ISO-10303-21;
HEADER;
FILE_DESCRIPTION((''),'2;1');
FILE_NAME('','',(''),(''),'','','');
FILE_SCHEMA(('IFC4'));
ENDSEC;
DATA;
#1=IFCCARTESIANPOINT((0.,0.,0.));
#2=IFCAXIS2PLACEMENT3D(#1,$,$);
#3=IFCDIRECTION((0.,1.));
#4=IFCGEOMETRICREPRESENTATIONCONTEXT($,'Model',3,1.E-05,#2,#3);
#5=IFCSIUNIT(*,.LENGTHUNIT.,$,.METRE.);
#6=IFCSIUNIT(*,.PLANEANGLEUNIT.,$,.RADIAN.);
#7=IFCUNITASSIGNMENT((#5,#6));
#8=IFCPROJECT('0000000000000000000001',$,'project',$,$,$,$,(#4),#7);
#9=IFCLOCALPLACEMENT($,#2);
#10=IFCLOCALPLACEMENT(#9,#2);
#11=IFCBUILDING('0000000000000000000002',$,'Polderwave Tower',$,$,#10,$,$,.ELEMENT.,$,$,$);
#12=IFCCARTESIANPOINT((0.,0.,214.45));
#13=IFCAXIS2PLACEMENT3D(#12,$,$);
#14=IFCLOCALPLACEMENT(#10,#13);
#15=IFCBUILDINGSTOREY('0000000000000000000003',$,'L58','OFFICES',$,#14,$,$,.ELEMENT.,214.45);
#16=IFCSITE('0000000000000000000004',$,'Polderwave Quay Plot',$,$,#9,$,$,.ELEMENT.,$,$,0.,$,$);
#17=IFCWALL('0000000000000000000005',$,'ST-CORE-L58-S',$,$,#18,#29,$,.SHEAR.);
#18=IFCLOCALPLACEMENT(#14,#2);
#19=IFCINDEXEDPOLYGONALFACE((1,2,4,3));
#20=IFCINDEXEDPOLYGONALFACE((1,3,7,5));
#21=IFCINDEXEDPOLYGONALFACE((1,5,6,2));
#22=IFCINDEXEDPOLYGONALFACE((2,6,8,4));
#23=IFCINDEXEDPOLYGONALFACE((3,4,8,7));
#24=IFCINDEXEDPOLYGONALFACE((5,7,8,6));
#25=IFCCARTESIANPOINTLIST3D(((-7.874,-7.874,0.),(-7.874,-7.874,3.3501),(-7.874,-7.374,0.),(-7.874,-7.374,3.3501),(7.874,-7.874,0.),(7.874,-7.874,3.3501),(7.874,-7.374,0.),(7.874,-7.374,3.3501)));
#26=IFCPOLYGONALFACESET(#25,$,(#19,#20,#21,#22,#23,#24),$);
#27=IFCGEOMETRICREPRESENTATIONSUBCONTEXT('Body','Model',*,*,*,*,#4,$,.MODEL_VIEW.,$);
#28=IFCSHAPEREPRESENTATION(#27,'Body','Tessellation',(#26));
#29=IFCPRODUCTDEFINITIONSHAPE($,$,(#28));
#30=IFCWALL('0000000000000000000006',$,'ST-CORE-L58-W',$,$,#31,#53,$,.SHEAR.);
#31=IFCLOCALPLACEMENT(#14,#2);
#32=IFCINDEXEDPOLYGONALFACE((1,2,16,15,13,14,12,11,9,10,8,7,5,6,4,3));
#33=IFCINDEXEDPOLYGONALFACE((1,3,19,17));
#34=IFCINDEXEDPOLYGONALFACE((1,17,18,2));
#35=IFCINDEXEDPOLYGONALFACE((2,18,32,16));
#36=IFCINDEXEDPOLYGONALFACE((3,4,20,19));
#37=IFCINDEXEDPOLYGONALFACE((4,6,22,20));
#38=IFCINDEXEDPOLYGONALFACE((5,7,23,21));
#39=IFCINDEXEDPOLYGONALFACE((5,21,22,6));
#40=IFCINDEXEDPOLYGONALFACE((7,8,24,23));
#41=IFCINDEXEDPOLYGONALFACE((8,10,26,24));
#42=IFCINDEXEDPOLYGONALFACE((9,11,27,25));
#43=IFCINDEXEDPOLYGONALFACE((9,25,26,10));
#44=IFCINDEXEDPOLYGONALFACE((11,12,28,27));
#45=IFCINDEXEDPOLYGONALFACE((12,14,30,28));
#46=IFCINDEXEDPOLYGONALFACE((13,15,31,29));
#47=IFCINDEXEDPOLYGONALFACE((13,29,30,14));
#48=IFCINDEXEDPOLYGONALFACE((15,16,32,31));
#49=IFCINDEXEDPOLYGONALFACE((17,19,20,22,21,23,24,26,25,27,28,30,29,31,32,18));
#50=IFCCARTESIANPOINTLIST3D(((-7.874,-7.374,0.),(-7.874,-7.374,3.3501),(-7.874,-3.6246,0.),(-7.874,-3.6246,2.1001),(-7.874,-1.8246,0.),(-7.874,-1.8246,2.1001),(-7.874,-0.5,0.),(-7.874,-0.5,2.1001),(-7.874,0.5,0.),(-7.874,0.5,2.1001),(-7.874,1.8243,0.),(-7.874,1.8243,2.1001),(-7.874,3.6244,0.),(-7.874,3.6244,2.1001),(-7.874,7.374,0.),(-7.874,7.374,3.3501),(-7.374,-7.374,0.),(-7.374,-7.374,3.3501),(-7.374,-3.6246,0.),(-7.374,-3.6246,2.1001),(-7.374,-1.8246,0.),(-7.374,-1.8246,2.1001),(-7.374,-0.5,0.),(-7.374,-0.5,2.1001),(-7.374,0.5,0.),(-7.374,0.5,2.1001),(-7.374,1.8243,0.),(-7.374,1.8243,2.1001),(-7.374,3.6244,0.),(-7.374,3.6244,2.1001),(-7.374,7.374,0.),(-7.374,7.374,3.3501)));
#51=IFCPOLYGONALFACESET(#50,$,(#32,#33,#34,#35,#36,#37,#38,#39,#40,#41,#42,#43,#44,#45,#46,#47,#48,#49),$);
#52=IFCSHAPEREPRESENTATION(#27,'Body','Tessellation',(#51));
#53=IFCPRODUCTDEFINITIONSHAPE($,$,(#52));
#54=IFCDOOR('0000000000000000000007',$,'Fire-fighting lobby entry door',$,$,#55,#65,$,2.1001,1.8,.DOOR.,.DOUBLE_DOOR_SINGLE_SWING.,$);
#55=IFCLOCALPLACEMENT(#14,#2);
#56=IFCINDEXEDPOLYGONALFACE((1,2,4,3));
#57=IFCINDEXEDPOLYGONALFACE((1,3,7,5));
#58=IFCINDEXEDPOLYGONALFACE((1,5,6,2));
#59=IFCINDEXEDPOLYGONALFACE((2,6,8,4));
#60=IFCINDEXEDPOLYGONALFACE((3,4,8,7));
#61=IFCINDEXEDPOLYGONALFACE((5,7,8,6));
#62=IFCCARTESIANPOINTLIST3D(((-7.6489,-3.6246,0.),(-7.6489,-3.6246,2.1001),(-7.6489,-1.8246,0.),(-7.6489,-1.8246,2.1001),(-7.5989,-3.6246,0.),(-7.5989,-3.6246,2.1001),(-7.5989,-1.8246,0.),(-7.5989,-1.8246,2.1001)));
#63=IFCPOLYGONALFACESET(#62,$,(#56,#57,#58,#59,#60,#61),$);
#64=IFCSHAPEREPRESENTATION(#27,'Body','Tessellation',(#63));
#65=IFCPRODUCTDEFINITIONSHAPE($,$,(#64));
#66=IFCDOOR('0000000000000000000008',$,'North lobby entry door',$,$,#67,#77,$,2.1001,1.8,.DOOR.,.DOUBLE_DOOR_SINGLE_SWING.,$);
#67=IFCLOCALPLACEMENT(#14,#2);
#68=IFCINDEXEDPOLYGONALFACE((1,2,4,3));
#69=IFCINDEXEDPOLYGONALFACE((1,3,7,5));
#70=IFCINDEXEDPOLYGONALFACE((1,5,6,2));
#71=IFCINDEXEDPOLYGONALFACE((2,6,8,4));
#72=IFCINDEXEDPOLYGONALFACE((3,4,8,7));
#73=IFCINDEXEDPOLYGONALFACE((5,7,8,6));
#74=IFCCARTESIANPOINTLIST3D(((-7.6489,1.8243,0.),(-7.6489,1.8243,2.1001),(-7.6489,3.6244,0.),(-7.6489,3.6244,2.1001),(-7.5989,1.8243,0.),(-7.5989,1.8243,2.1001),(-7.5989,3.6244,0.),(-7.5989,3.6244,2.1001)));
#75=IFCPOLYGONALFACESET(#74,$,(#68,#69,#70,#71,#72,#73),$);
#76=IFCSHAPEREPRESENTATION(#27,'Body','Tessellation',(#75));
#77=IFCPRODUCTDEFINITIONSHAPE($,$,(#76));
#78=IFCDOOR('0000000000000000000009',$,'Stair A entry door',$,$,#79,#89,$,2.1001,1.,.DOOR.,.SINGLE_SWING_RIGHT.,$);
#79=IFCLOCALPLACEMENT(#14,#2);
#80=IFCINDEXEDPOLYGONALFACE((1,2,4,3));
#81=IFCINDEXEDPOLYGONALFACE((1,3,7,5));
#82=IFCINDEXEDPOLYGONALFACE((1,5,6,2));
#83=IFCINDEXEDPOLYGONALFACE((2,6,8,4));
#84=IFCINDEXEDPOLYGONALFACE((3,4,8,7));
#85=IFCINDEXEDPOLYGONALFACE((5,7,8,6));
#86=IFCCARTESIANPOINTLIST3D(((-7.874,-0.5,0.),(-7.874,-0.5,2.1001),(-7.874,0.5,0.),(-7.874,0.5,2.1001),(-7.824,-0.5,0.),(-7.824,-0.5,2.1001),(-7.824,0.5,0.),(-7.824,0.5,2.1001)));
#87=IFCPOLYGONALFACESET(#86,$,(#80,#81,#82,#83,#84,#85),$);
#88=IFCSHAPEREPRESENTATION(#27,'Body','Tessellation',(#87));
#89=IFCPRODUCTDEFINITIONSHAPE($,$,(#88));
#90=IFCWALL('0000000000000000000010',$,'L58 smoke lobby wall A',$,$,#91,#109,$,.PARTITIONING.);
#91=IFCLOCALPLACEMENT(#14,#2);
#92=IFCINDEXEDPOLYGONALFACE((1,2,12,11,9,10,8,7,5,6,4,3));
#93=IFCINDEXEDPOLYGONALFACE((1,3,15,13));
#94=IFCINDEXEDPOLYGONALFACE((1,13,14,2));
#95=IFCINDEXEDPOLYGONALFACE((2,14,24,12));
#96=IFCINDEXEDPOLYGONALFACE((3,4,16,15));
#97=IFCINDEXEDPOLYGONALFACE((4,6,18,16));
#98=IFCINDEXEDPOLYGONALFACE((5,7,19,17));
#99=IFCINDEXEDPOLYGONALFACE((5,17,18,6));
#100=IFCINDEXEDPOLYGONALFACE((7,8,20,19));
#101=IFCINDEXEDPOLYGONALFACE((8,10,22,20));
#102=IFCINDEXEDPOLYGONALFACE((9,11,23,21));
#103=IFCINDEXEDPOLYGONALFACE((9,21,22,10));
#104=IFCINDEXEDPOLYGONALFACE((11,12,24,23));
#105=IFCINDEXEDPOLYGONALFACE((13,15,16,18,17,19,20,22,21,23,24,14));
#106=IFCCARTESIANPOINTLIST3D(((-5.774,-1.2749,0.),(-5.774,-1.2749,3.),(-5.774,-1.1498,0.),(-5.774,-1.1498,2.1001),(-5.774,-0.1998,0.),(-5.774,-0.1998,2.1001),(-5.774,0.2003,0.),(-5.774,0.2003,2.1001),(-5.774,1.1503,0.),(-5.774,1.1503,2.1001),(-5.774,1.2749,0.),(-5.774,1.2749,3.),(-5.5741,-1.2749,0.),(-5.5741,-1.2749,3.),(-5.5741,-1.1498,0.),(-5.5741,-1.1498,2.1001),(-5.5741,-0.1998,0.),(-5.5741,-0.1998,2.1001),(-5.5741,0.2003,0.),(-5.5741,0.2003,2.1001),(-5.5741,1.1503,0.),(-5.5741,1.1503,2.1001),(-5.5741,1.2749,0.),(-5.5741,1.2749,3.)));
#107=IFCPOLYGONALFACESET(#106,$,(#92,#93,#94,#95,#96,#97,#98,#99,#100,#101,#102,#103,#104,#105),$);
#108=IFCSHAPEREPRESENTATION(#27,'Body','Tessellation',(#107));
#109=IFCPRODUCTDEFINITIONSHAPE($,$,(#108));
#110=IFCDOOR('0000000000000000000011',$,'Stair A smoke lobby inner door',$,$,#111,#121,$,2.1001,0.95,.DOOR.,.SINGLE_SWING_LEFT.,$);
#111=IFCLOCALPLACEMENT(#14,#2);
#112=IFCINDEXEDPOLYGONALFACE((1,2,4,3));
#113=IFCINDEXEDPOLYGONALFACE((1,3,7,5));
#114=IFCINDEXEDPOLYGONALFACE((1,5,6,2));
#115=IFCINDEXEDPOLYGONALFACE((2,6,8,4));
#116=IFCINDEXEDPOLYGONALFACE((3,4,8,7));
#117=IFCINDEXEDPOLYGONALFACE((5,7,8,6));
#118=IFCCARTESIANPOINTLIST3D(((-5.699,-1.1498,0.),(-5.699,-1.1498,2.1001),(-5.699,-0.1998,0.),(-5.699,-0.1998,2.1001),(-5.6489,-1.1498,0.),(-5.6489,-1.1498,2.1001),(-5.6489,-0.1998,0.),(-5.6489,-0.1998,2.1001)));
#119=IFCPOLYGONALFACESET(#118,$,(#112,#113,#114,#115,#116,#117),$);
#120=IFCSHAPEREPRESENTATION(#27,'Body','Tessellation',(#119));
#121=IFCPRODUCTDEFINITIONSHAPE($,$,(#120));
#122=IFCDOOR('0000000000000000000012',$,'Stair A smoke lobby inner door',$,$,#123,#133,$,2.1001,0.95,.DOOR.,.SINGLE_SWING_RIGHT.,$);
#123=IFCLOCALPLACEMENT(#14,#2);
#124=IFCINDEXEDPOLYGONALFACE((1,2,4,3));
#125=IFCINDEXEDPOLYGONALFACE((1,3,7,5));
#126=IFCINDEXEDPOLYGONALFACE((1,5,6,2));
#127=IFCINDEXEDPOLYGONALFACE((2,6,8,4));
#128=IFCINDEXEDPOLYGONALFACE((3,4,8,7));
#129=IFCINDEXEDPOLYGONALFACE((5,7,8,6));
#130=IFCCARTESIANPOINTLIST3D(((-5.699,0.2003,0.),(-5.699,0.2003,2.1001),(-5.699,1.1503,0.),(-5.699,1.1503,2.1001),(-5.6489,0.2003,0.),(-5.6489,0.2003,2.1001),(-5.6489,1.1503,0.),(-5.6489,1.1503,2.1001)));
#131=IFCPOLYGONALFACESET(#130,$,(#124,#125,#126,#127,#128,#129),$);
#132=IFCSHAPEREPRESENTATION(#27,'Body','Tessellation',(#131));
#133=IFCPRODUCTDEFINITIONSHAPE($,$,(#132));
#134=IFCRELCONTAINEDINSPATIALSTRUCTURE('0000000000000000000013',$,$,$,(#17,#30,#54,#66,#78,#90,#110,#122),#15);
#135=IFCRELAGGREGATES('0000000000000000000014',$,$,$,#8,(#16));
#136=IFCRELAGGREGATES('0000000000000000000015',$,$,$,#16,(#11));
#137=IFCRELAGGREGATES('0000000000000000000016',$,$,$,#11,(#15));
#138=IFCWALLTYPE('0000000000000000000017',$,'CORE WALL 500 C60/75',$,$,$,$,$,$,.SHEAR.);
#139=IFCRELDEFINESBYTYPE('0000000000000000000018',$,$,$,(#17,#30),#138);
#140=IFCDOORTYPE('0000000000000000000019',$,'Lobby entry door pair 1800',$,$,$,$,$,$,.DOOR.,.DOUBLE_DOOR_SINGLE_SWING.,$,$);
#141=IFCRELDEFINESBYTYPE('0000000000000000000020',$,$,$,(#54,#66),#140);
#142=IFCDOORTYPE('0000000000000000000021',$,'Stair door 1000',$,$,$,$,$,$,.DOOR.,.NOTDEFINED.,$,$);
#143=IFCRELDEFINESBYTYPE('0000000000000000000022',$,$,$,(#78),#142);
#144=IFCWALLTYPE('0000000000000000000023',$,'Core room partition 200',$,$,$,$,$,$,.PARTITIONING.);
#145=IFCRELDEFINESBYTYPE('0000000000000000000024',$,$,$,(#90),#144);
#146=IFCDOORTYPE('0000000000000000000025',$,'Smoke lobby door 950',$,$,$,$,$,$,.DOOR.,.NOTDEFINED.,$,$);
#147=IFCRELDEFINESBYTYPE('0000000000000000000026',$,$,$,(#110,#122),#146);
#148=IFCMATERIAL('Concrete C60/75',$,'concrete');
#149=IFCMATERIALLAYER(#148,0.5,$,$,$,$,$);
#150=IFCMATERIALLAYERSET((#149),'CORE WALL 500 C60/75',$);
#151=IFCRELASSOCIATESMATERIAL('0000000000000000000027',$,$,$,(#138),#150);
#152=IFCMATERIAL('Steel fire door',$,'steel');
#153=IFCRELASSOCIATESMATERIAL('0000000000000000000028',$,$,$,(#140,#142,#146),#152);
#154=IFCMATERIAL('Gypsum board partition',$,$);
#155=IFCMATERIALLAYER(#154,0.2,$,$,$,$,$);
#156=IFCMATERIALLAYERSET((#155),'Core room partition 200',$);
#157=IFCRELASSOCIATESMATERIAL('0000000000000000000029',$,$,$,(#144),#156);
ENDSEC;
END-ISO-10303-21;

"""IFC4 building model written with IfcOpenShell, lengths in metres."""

from ifc_helpers import new_model, si_unit, direction, frame, frame_2d, origin, place, context, subcontext, project, spatial, rectangle, extrude, material, layer, layer_set, type_object, element, fill, save


model = new_model("IFC4")

# Units and contexts
model_context = context("Model", 3, precision=1e-05, world=origin(), true_north=direction((0.0, 1.0)))
body_context = subcontext(model_context, "Body", "Model", "MODEL_VIEW")
ifc_project = project(units=[si_unit("LENGTHUNIT", "METRE"), si_unit("PLANEANGLEUNIT", "RADIAN")], contexts=[model_context])

# Site, building, storey
site_placement = place(None, origin())
site = spatial("IfcSite", under=ifc_project, at=site_placement, Name="Polderwave Quay Plot", CompositionType="ELEMENT", RefElevation=0.0)
building_placement = place(site_placement, origin())
building = spatial("IfcBuilding", under=site, at=building_placement, Name="Polderwave Tower", CompositionType="ELEMENT")
storey_placement = place(building_placement, frame((0.0, 0.0, 214.45)))
storey = spatial("IfcBuildingStorey", under=building, at=storey_placement, Name="L58", Description="OFFICES", CompositionType="ELEMENT", Elevation=214.45)

# Wall
ifc_material_1 = material(Name="Concrete C60/75", Category="concrete")
ifc_layer_1 = layer(ifc_material_1, 0.5)
ifc_layer_set_1 = layer_set([ifc_layer_1], Name="CORE WALL 500 C60/75")
wall_type_1 = type_object("IfcWallType", Name="CORE WALL 500 C60/75", PredefinedType="SHEAR", material=ifc_layer_set_1)
wall_1_placement = place(storey_placement, frame((-7.874, -7.624, 0.0), z_axis=(0.0, 0.0, 1.0), x_axis=(1.0, 0.0, 0.0)))
element("IfcWall", 1, at=wall_1_placement, inside=storey, type_object=wall_type_1, Name="ST-CORE-L58-S", PredefinedType="SHEAR", context=body_context, shape_type="SweptSolid", body=[
    extrude(rectangle(XDim=15.748, YDim=0.5, at=frame_2d((7.874, 0.0))), origin(), (0.0, 0.0, 1.0), 3.3501),
])

# Walls, openings, doors
wall_2_placement = place(storey_placement, frame((-7.624, -7.374, 0.0), z_axis=(0.0, 0.0, 1.0), x_axis=(0.0, 1.0, 0.0)))
wall_2 = element("IfcWall", 2, at=wall_2_placement, inside=storey, type_object=wall_type_1, Name="ST-CORE-L58-W", PredefinedType="SHEAR", context=body_context, shape_type="SweptSolid", body=[
    extrude(rectangle(XDim=14.748, YDim=0.5, at=frame_2d((7.374, 0.0))), origin(), (0.0, 0.0, 1.0), 3.3501),
])
opening_1_placement = place(wall_2_placement, frame((6.874, 0.0, 0.0)))
opening_1 = element("IfcOpeningElement", 3, at=opening_1_placement, cuts=wall_2, PredefinedType="OPENING", context=body_context, shape_type="SweptSolid", body=[
    extrude(rectangle(XDim=1.0, YDim=2.1001, at=frame_2d((0.5, 1.05))), frame((0.0, 0.26, 0.0), z_axis=(0.0, -1.0, 0.0), x_axis=(1.0, 0.0, 0.0)), (0.0, 0.0, 1.0), 0.52),
])
opening_2_placement = place(wall_2_placement, frame((3.7495, 0.0, 0.0)))
opening_2 = element("IfcOpeningElement", 4, at=opening_2_placement, cuts=wall_2, PredefinedType="OPENING", context=body_context, shape_type="SweptSolid", body=[
    extrude(rectangle(XDim=1.8, YDim=2.1001, at=frame_2d((0.8999, 1.05))), frame((0.0, 0.26, 0.0), z_axis=(0.0, -1.0, 0.0), x_axis=(1.0, 0.0, 0.0)), (0.0, 0.0, 1.0), 0.52),
])
opening_3_placement = place(wall_2_placement, frame((9.1985, 0.0, 0.0)))
opening_3 = element("IfcOpeningElement", 5, at=opening_3_placement, cuts=wall_2, PredefinedType="OPENING", context=body_context, shape_type="SweptSolid", body=[
    extrude(rectangle(XDim=1.8, YDim=2.1001, at=frame_2d((0.8999, 1.05))), frame((0.0, 0.26, 0.0), z_axis=(0.0, -1.0, 0.0), x_axis=(1.0, 0.0, 0.0)), (0.0, 0.0, 1.0), 0.52),
])
ifc_material_2 = material(Name="Steel fire door", Category="steel")
door_type_1 = type_object("IfcDoorType", Name="Lobby entry door pair 1800", OperationType="DOUBLE_DOOR_SINGLE_SWING", PredefinedType="DOOR", material=ifc_material_2)
door_1_placement = place(opening_2_placement, origin())
door_1 = element("IfcDoor", 6, at=door_1_placement, inside=storey, type_object=door_type_1, Name="Fire-fighting lobby entry door", OperationType="DOUBLE_DOOR_SINGLE_SWING", OverallHeight=2.1001, OverallWidth=1.8, PredefinedType="DOOR", context=body_context, shape_type="SweptSolid", body=[
    extrude(rectangle(XDim=1.8, YDim=2.1001, at=frame_2d((0.8999, 1.05))), frame((0.0, 0.0249, 0.0), z_axis=(0.0, -1.0, 0.0), x_axis=(1.0, 0.0, 0.0)), (0.0, 0.0, 1.0), 0.05),
])
fill(opening_2, door_1)
door_2_placement = place(opening_3_placement, origin())
door_2 = element("IfcDoor", 7, at=door_2_placement, inside=storey, type_object=door_type_1, Name="North lobby entry door", OperationType="DOUBLE_DOOR_SINGLE_SWING", OverallHeight=2.1001, OverallWidth=1.8, PredefinedType="DOOR", context=body_context, shape_type="SweptSolid", body=[
    extrude(rectangle(XDim=1.8, YDim=2.1001, at=frame_2d((0.8999, 1.05))), frame((0.0, 0.0249, 0.0), z_axis=(0.0, -1.0, 0.0), x_axis=(1.0, 0.0, 0.0)), (0.0, 0.0, 1.0), 0.05),
])
fill(opening_3, door_2)
door_type_2 = type_object("IfcDoorType", Name="Stair door 1000", OperationType="NOTDEFINED", PredefinedType="DOOR", material=ifc_material_2)
door_3_placement = place(opening_1_placement, origin())
door_3 = element("IfcDoor", 8, at=door_3_placement, inside=storey, type_object=door_type_2, Name="Stair A entry door", OperationType="SINGLE_SWING_RIGHT", OverallHeight=2.1001, OverallWidth=1.0, PredefinedType="DOOR", context=body_context, shape_type="SweptSolid", body=[
    extrude(rectangle(XDim=1.0, YDim=2.1001, at=frame_2d((0.5, 1.05))), frame((0.0, 0.25, 0.0), z_axis=(0.0, -1.0, 0.0), x_axis=(1.0, 0.0, 0.0)), (0.0, 0.0, 1.0), 0.05),
])
fill(opening_1, door_3)
ifc_material_3 = material(Name="Gypsum board partition")
ifc_layer_2 = layer(ifc_material_3, 0.2)
ifc_layer_set_2 = layer_set([ifc_layer_2], Name="Core room partition 200")
wall_type_2 = type_object("IfcWallType", Name="Core room partition 200", PredefinedType="PARTITIONING", material=ifc_layer_set_2)
wall_3_placement = place(storey_placement, frame((-5.6741, -1.2749, 0.0), z_axis=(0.0, 0.0, 1.0), x_axis=(0.0, 1.0, 0.0)))
wall_3 = element("IfcWall", 9, at=wall_3_placement, inside=storey, type_object=wall_type_2, Name="L58 smoke lobby wall A", PredefinedType="PARTITIONING", context=body_context, shape_type="SweptSolid", body=[
    extrude(rectangle(XDim=2.5498, YDim=0.2, at=frame_2d((1.2749, 0.0))), origin(), (0.0, 0.0, 1.0), 3.0),
])
opening_4_placement = place(wall_3_placement, frame((0.125, 0.0, 0.0)))
opening_4 = element("IfcOpeningElement", 10, at=opening_4_placement, cuts=wall_3, PredefinedType="OPENING", context=body_context, shape_type="SweptSolid", body=[
    extrude(rectangle(XDim=0.95, YDim=2.1001, at=frame_2d((0.4751, 1.05))), frame((0.0, 0.1099, 0.0), z_axis=(0.0, -1.0, 0.0), x_axis=(1.0, 0.0, 0.0)), (0.0, 0.0, 1.0), 0.22),
])
opening_5_placement = place(wall_3_placement, frame((1.4751, 0.0, 0.0)))
opening_5 = element("IfcOpeningElement", 11, at=opening_5_placement, cuts=wall_3, PredefinedType="OPENING", context=body_context, shape_type="SweptSolid", body=[
    extrude(rectangle(XDim=0.95, YDim=2.1001, at=frame_2d((0.4751, 1.05))), frame((0.0, 0.1099, 0.0), z_axis=(0.0, -1.0, 0.0), x_axis=(1.0, 0.0, 0.0)), (0.0, 0.0, 1.0), 0.22),
])
door_type_3 = type_object("IfcDoorType", Name="Smoke lobby door 950", OperationType="NOTDEFINED", PredefinedType="DOOR", material=ifc_material_2)
door_4_placement = place(opening_4_placement, origin())
door_4 = element("IfcDoor", 12, at=door_4_placement, inside=storey, type_object=door_type_3, Name="Stair A smoke lobby inner door", OperationType="SINGLE_SWING_LEFT", OverallHeight=2.1001, OverallWidth=0.95, PredefinedType="DOOR", context=body_context, shape_type="SweptSolid", body=[
    extrude(rectangle(XDim=0.95, YDim=2.1001, at=frame_2d((0.4751, 1.05))), frame((0.0, 0.0249, 0.0), z_axis=(0.0, -1.0, 0.0), x_axis=(1.0, 0.0, 0.0)), (0.0, 0.0, 1.0), 0.05),
])
fill(opening_4, door_4)
door_5_placement = place(opening_5_placement, origin())
door_5 = element("IfcDoor", 13, at=door_5_placement, inside=storey, type_object=door_type_3, Name="Stair A smoke lobby inner door", OperationType="SINGLE_SWING_RIGHT", OverallHeight=2.1001, OverallWidth=0.95, PredefinedType="DOOR", context=body_context, shape_type="SweptSolid", body=[
    extrude(rectangle(XDim=0.95, YDim=2.1001, at=frame_2d((0.4751, 1.05))), frame((0.0, 0.0249, 0.0), z_axis=(0.0, -1.0, 0.0), x_axis=(1.0, 0.0, 0.0)), (0.0, 0.0, 1.0), 0.05),
])
fill(opening_5, door_5)

save(model, "model.ifc")
